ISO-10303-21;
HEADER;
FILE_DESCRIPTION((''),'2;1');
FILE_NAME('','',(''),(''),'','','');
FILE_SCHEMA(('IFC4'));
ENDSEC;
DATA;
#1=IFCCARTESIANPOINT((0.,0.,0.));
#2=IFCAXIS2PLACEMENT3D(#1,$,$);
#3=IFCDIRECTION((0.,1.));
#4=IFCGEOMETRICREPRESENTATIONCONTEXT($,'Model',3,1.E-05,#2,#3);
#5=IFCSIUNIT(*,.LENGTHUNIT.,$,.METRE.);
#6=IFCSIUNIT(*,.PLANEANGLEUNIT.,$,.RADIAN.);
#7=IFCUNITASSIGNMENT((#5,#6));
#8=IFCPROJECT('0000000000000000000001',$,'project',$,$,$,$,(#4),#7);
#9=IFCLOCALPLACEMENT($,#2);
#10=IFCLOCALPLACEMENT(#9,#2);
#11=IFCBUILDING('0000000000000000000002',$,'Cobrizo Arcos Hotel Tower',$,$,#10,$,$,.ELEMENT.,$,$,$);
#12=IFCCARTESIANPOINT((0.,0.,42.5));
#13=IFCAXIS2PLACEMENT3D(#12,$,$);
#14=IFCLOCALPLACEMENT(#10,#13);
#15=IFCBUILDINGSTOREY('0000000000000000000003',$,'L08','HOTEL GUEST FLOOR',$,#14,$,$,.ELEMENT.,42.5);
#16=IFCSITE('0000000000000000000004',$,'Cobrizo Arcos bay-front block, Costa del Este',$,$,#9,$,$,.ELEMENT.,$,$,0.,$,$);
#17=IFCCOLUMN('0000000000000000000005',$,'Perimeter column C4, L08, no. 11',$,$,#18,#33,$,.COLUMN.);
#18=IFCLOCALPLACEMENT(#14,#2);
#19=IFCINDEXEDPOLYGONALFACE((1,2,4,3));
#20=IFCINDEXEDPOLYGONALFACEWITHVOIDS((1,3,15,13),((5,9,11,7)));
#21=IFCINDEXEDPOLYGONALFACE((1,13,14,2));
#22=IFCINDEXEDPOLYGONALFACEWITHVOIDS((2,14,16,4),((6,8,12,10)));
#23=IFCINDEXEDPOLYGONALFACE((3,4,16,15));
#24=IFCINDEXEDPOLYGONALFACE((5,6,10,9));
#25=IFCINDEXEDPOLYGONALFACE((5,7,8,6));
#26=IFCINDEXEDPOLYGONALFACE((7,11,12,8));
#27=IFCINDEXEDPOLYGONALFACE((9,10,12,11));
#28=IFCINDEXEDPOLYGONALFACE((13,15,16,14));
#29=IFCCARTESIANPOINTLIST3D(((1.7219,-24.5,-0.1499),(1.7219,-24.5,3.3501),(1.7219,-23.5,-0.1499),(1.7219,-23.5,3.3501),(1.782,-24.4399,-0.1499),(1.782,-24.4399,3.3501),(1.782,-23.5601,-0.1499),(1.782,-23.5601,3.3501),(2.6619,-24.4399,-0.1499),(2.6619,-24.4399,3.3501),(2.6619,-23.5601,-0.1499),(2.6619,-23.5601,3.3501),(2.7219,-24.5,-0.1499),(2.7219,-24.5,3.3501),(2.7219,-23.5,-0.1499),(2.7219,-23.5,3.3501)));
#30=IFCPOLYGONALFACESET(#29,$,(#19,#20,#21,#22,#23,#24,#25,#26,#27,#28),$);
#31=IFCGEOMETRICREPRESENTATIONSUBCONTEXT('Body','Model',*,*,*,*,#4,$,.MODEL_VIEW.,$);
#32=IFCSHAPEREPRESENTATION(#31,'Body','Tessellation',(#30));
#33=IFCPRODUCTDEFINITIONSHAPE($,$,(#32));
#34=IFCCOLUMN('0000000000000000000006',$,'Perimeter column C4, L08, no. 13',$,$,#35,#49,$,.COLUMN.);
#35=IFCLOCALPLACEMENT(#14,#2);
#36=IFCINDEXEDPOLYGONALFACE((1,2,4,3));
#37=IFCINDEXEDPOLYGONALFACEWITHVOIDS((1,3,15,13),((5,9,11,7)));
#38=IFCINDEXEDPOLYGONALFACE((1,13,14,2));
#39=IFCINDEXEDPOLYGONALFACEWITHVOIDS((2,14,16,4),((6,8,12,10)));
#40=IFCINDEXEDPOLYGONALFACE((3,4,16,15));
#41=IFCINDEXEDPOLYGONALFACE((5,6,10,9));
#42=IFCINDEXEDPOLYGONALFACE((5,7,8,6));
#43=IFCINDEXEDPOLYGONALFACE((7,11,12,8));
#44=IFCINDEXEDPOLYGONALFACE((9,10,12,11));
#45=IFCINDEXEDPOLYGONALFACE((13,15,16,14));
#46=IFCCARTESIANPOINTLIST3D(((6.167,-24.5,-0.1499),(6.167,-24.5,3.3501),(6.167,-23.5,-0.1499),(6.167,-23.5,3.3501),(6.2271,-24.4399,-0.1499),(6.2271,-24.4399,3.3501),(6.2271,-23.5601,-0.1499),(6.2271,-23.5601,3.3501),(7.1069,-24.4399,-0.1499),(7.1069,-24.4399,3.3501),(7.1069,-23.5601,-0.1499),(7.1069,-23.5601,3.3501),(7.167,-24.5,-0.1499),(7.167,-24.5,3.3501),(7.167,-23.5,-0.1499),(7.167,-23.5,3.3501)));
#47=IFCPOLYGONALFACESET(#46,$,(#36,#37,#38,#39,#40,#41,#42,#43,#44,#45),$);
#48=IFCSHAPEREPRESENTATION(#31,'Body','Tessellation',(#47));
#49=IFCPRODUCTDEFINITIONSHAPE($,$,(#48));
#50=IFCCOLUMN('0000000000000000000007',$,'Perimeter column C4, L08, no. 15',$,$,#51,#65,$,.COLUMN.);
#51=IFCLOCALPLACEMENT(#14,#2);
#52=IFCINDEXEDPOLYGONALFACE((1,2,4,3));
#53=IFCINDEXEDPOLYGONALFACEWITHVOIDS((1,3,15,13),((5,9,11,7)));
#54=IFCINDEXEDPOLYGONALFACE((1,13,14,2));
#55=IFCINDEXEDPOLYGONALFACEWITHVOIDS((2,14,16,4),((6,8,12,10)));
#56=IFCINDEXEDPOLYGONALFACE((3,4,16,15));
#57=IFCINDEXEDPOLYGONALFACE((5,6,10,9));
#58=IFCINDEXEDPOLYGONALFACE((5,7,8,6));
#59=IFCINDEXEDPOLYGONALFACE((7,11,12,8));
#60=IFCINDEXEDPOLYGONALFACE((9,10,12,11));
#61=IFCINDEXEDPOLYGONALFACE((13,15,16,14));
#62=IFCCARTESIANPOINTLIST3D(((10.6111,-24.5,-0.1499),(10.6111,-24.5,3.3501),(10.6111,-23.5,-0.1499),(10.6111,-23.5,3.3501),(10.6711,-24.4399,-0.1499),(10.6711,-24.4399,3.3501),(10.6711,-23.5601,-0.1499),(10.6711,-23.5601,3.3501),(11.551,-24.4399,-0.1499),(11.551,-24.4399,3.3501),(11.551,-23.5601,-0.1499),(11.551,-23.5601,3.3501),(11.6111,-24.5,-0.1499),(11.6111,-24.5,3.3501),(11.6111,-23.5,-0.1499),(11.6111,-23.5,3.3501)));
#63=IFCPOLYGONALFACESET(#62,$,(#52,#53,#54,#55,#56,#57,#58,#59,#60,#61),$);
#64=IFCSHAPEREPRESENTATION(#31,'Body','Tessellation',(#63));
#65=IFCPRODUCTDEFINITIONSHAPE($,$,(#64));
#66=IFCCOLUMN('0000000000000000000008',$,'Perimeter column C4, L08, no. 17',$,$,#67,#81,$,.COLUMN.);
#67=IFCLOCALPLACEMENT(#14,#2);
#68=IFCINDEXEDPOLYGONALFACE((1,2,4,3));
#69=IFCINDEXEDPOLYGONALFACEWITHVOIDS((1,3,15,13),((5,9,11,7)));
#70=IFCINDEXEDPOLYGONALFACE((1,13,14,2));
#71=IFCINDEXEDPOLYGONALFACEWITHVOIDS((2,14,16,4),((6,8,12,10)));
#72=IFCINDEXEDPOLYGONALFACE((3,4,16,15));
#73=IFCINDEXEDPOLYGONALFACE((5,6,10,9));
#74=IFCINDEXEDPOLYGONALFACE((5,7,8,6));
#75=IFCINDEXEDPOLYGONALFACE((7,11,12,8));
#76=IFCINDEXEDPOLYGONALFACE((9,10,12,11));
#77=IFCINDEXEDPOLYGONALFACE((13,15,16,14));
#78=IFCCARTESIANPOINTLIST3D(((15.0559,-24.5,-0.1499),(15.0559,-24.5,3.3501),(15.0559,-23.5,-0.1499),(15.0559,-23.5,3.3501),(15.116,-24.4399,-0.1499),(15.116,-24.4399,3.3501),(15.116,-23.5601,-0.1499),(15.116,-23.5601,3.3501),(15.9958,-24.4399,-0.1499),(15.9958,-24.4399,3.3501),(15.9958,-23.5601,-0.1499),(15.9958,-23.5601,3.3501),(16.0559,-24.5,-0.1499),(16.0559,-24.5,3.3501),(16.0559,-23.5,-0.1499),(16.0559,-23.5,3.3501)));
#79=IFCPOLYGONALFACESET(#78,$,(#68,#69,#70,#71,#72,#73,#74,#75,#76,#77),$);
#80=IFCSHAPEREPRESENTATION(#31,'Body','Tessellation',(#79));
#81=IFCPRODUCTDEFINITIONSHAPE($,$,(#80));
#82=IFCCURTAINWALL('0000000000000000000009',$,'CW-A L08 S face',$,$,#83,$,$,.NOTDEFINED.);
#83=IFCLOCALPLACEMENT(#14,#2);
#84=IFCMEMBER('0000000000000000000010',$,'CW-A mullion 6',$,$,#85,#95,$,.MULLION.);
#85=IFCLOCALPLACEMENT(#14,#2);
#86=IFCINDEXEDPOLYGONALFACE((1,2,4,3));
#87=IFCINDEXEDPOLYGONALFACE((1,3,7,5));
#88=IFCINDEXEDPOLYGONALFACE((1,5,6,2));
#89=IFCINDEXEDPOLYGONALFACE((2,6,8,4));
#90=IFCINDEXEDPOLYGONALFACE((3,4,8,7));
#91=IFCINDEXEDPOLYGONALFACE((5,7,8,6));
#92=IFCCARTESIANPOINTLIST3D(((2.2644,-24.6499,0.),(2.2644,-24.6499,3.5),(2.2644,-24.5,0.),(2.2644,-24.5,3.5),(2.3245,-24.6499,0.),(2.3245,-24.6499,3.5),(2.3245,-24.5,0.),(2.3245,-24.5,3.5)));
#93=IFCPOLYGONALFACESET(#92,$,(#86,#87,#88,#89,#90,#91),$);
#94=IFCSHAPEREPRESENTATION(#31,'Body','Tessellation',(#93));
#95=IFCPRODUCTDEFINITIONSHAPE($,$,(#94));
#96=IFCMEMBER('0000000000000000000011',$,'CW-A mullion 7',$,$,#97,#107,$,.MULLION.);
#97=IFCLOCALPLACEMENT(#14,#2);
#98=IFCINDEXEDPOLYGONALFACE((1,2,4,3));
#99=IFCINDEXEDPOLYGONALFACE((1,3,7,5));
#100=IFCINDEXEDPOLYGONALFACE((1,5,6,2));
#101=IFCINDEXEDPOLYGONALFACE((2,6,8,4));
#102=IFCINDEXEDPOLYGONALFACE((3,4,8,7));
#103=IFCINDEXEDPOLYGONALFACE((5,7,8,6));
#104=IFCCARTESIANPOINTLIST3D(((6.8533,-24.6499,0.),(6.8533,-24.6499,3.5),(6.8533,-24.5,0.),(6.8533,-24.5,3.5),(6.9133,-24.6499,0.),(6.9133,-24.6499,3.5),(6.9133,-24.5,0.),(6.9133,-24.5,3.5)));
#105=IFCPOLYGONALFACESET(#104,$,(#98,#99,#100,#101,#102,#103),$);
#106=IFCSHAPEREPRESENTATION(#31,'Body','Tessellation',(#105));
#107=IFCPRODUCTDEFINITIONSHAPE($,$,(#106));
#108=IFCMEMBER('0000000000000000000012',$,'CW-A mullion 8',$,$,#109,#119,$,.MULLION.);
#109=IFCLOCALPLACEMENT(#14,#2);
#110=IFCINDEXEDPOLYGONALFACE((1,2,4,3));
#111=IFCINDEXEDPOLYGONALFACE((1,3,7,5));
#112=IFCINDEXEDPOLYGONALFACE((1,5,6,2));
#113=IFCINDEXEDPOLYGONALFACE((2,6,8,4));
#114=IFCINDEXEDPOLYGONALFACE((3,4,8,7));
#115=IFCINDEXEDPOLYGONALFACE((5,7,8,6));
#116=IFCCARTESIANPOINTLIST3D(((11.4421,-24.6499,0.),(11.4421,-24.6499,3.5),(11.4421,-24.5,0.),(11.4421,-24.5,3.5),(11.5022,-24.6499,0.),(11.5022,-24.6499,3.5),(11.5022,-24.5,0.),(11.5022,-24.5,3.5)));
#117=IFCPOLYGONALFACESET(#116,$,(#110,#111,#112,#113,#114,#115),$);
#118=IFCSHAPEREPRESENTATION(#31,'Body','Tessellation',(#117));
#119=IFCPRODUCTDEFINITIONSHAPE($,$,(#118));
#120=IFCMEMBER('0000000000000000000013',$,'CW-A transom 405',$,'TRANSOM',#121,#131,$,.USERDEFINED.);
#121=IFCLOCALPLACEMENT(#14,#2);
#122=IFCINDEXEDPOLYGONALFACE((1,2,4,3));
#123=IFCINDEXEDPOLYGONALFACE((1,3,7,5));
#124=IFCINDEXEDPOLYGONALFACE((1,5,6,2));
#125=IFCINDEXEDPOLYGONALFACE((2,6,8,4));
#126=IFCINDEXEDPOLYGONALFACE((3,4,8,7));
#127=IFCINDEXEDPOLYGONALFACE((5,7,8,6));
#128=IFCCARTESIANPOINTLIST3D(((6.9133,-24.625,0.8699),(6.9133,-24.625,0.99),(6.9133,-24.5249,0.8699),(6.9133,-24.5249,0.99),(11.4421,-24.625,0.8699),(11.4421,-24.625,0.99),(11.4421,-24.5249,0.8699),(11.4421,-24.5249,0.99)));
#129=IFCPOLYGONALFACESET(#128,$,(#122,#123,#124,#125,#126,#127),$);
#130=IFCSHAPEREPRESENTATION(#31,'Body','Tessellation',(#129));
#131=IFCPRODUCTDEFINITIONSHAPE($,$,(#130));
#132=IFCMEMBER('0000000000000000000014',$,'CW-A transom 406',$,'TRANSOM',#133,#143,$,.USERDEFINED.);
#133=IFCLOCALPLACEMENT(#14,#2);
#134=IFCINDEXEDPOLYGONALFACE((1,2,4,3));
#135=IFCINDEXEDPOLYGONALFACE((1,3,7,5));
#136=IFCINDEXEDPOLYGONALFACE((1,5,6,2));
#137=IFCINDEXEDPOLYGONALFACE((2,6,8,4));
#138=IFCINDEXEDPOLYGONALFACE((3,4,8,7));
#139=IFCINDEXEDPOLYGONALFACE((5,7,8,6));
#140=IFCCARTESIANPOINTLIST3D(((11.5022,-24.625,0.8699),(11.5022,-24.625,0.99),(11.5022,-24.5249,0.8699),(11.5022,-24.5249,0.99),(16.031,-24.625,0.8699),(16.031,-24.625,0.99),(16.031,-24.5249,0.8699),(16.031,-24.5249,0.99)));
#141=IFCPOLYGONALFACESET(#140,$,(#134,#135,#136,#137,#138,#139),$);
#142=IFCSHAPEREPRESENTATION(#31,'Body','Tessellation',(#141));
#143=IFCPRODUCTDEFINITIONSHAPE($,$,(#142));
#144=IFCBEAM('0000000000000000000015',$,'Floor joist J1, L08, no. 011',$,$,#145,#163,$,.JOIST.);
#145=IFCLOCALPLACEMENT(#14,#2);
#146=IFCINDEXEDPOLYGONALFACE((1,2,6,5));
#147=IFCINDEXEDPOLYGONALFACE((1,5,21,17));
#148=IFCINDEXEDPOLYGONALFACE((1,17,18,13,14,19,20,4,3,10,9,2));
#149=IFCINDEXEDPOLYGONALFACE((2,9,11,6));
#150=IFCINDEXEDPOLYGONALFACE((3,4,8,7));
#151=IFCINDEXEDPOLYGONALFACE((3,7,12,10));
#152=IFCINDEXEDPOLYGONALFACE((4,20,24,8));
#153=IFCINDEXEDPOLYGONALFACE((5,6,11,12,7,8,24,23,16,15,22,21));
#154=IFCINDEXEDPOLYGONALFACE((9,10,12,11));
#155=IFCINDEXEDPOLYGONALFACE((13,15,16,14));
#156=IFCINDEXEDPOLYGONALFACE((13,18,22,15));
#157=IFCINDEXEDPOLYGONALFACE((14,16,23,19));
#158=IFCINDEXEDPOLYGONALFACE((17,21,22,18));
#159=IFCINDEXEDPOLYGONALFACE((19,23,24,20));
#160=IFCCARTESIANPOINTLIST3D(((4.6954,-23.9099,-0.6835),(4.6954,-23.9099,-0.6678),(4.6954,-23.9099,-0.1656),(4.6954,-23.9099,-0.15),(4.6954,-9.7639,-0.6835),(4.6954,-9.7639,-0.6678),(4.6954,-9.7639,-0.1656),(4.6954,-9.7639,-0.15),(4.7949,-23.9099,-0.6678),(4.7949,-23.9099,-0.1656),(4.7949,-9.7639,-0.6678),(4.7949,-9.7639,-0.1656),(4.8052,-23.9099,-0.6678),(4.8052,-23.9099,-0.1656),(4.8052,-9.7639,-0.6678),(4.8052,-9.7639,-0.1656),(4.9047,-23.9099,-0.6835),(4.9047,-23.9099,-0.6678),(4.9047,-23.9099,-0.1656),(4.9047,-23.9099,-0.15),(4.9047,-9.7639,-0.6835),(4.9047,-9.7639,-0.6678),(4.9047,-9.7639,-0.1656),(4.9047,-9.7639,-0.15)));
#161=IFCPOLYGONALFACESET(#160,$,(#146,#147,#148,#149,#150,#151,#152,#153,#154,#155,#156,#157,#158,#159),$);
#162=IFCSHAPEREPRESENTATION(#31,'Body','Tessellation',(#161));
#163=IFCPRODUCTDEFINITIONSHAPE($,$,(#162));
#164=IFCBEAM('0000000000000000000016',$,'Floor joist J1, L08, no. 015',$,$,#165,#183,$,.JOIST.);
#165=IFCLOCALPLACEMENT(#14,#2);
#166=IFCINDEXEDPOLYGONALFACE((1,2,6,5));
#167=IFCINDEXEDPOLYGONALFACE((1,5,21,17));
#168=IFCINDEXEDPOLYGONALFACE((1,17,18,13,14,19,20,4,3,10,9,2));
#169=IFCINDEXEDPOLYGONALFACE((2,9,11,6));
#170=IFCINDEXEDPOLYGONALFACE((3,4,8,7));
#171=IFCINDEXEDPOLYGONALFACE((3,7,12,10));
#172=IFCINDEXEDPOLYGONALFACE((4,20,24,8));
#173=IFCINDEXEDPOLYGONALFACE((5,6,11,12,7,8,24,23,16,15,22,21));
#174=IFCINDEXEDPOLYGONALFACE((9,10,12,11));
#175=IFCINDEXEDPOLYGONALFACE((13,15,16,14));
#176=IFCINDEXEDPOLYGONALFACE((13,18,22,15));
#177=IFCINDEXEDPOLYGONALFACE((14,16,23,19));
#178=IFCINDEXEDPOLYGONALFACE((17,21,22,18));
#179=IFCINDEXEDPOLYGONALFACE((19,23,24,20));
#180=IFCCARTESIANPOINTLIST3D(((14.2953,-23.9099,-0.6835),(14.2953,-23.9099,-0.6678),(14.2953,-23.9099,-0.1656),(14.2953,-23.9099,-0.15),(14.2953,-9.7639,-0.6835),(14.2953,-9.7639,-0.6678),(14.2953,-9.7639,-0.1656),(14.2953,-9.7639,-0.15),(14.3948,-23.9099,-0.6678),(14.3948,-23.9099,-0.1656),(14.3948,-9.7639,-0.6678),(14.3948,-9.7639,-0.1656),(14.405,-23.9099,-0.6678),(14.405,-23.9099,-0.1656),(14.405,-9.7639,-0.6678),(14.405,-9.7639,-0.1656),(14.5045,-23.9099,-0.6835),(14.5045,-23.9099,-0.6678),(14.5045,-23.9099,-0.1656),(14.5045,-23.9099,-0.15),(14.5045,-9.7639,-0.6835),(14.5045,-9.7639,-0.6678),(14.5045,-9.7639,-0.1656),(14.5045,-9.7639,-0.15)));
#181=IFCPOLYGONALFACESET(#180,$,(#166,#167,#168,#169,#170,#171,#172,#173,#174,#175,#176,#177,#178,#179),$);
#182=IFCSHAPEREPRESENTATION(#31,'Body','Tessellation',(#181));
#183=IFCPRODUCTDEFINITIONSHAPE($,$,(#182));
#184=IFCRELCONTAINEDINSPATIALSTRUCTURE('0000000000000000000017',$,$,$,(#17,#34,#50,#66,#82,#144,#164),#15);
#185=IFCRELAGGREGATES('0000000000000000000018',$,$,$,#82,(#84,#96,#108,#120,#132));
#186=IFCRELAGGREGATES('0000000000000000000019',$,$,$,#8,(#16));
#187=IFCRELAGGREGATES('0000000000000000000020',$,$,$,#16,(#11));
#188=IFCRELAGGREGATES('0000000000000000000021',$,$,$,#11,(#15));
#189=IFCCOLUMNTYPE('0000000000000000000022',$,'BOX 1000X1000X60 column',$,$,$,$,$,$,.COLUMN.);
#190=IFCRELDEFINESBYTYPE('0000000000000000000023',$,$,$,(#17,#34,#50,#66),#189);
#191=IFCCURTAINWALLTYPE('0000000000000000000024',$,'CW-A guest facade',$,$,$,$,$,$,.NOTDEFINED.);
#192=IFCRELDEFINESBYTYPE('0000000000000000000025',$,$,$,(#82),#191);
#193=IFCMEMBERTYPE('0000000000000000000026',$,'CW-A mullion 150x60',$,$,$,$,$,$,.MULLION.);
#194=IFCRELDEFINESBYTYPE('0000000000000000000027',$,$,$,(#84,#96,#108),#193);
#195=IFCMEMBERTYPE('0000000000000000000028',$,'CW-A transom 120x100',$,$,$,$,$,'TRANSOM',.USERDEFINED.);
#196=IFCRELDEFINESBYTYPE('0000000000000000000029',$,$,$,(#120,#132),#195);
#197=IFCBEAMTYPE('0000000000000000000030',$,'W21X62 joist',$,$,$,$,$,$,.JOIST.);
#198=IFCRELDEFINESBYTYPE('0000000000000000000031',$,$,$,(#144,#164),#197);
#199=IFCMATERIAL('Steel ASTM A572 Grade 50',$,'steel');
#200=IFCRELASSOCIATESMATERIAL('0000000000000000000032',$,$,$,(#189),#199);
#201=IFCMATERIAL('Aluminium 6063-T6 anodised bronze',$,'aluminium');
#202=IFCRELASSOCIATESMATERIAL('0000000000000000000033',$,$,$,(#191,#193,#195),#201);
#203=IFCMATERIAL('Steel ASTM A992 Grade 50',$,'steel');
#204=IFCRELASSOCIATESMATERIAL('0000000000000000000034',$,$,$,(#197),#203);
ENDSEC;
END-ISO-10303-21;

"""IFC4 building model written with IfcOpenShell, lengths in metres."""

from ifc_helpers import new_model, si_unit, direction, frame, origin, origin_2d, place, context, subcontext, project, spatial, rectangle, hollow_rectangle, i_section, extrude, material, material_profile, profile_set, type_object, element, aggregate, save


model = new_model("IFC4")

# Units and contexts
model_context = context("Model", 3, precision=1e-05, world=origin(), true_north=direction((0.0, 1.0)))
body_context = subcontext(model_context, "Body", "Model", "MODEL_VIEW")
ifc_project = project(units=[si_unit("LENGTHUNIT", "METRE"), si_unit("PLANEANGLEUNIT", "RADIAN")], contexts=[model_context])

# Site, building, storey
site_placement = place(None, origin())
site = spatial("IfcSite", under=ifc_project, at=site_placement, Name="Cobrizo Arcos bay-front block, Costa del Este", CompositionType="ELEMENT", RefElevation=0.0)
building_placement = place(site_placement, origin())
building = spatial("IfcBuilding", under=site, at=building_placement, Name="Cobrizo Arcos Hotel Tower", CompositionType="ELEMENT")
storey_placement = place(building_placement, frame((0.0, 0.0, 42.5)))
storey = spatial("IfcBuildingStorey", under=building, at=storey_placement, Name="L08", Description="HOTEL GUEST FLOOR", CompositionType="ELEMENT", Elevation=42.5)

# Columns
ifc_material_1 = material(Name="Steel ASTM A572 Grade 50", Category="steel")
ifc_material_profile_1 = material_profile(ifc_material_1, hollow_rectangle(XDim=1.0, YDim=1.0, WallThickness=0.0601, at=origin_2d()), Name="BOX 1000X1000X60")
ifc_profile_set_1 = profile_set([ifc_material_profile_1], Name="Steel ASTM A572 Grade 50")
column_type = type_object("IfcColumnType", Name="BOX 1000X1000X60 column", PredefinedType="COLUMN", material=ifc_profile_set_1)
for number, where, z_axis, x_axis, name in (
    (1, (2.2219, -24.0, -0.1499), (0.0, 0.0, 1.0), (1.0, 0.0, 0.0), "Perimeter column C4, L08, no. 11"),
    (2, (6.667, -24.0, -0.1499), (0.0, 0.0, 1.0), (1.0, 0.0, 0.0), "Perimeter column C4, L08, no. 13"),
    (3, (11.1111, -24.0, -0.1499), (0.0, 0.0, 1.0), (1.0, 0.0, 0.0), "Perimeter column C4, L08, no. 15"),
    (4, (15.5559, -24.0, -0.1499), (0.0, 0.0, 1.0), (1.0, 0.0, 0.0), "Perimeter column C4, L08, no. 17"),
):
    element("IfcColumn", number, at=place(storey_placement, frame(where, z_axis=z_axis, x_axis=x_axis)), inside=storey, type_object=column_type, Name=name, PredefinedType="COLUMN", context=body_context, shape_type="SweptSolid", body=[
        extrude(hollow_rectangle(XDim=1.0, YDim=1.0, WallThickness=0.0601, at=origin_2d()), origin(), (0.0, 0.0, 1.0), 3.5),
    ])

# Curtain wall, members
ifc_material_2 = material(Name="Aluminium 6063-T6 anodised bronze", Category="aluminium")
curtain_wall_type = type_object("IfcCurtainWallType", Name="CW-A guest facade", PredefinedType="NOTDEFINED", material=ifc_material_2)
curtain_wall_placement = place(storey_placement, origin())
curtain_wall = element("IfcCurtainWall", 5, at=curtain_wall_placement, inside=storey, type_object=curtain_wall_type, Name="CW-A L08 S face", PredefinedType="NOTDEFINED")
ifc_material_profile_2 = material_profile(ifc_material_2, rectangle(XDim=0.1499, YDim=0.0601, at=origin_2d()), Name="CW-A mullion 150x60")
ifc_profile_set_2 = profile_set([ifc_material_profile_2], Name="Aluminium 6063-T6 anodised bronze")
member_type_1 = type_object("IfcMemberType", Name="CW-A mullion 150x60", PredefinedType="MULLION", material=ifc_profile_set_2)
member_1_placement = place(storey_placement, frame((2.2944, -24.575, 0.0), z_axis=(0.0, 0.0, 1.0), x_axis=(0.0, -1.0, 0.0)))
member_1 = element("IfcMember", 6, at=member_1_placement, type_object=member_type_1, Name="CW-A mullion 6", PredefinedType="MULLION", context=body_context, shape_type="SweptSolid", body=[
    extrude(rectangle(XDim=0.1499, YDim=0.0601, at=origin_2d()), origin(), (0.0, 0.0, 1.0), 3.5),
])
member_2_placement = place(storey_placement, frame((6.8833, -24.575, 0.0), z_axis=(0.0, 0.0, 1.0), x_axis=(0.0, -1.0, 0.0)))
member_2 = element("IfcMember", 7, at=member_2_placement, type_object=member_type_1, Name="CW-A mullion 7", PredefinedType="MULLION", context=body_context, shape_type="SweptSolid", body=[
    extrude(rectangle(XDim=0.1499, YDim=0.0601, at=origin_2d()), origin(), (0.0, 0.0, 1.0), 3.5),
])
member_3_placement = place(storey_placement, frame((11.4722, -24.575, 0.0), z_axis=(0.0, 0.0, 1.0), x_axis=(0.0, -1.0, 0.0)))
member_3 = element("IfcMember", 8, at=member_3_placement, type_object=member_type_1, Name="CW-A mullion 8", PredefinedType="MULLION", context=body_context, shape_type="SweptSolid", body=[
    extrude(rectangle(XDim=0.1499, YDim=0.0601, at=origin_2d()), origin(), (0.0, 0.0, 1.0), 3.5),
])
ifc_material_profile_3 = material_profile(ifc_material_2, rectangle(XDim=0.1001, YDim=0.1201, at=origin_2d()), Name="CW-A transom 120x100")
ifc_profile_set_3 = profile_set([ifc_material_profile_3], Name="Aluminium 6063-T6 anodised bronze")
member_type_2 = type_object("IfcMemberType", Name="CW-A transom 120x100", ElementType="TRANSOM", PredefinedType="USERDEFINED", material=ifc_profile_set_3)
member_4_placement = place(storey_placement, frame((6.9133, -24.575, 0.9299), z_axis=(1.0, 0.0, 0.0), x_axis=(0.0, 1.0, 0.0)))
member_4 = element("IfcMember", 9, at=member_4_placement, type_object=member_type_2, Name="CW-A transom 405", ObjectType="TRANSOM", PredefinedType="USERDEFINED", context=body_context, shape_type="SweptSolid", body=[
    extrude(rectangle(XDim=0.1001, YDim=0.1201, at=origin_2d()), origin(), (0.0, 0.0, 1.0), 4.5288),
])
member_5_placement = place(storey_placement, frame((11.5022, -24.575, 0.9299), z_axis=(1.0, 0.0, 0.0), x_axis=(0.0, 1.0, 0.0)))
member_5 = element("IfcMember", 10, at=member_5_placement, type_object=member_type_2, Name="CW-A transom 406", ObjectType="TRANSOM", PredefinedType="USERDEFINED", context=body_context, shape_type="SweptSolid", body=[
    extrude(rectangle(XDim=0.1001, YDim=0.1201, at=origin_2d()), origin(), (0.0, 0.0, 1.0), 4.5288),
])

# Beams
ifc_material_3 = material(Name="Steel ASTM A992 Grade 50", Category="steel")
ifc_material_profile_4 = material_profile(ifc_material_3, i_section(OverallWidth=0.2092, OverallDepth=0.5334, WebThickness=0.0103, FlangeThickness=0.0156, at=origin_2d()), Name="W21X62")
ifc_profile_set_4 = profile_set([ifc_material_profile_4], Name="Steel ASTM A992 Grade 50")
beam_type_1 = type_object("IfcBeamType", Name="W21X62 joist", PredefinedType="JOIST", material=ifc_profile_set_4)
for number, where, z_axis, x_axis, name in (
    (11, (4.8, -23.9099, -0.4167), (0.0, 1.0, 0.0), (-1.0, 0.0, 0.0), "Floor joist J1, L08, no. 011"),
    (12, (14.3999, -23.9099, -0.4167), (0.0, 1.0, 0.0), (-1.0, 0.0, 0.0), "Floor joist J1, L08, no. 015"),
):
    element("IfcBeam", number, at=place(storey_placement, frame(where, z_axis=z_axis, x_axis=x_axis)), inside=storey, type_object=beam_type_1, Name=name, PredefinedType="JOIST", context=body_context, shape_type="SweptSolid", body=[
        extrude(i_section(OverallWidth=0.2092, OverallDepth=0.5334, WebThickness=0.0103, FlangeThickness=0.0156, at=origin_2d()), origin(), (0.0, 0.0, 1.0), 14.146),
    ])

aggregate(curtain_wall, [member_1, member_2, member_3, member_4, member_5])

save(model, "model.ifc")
